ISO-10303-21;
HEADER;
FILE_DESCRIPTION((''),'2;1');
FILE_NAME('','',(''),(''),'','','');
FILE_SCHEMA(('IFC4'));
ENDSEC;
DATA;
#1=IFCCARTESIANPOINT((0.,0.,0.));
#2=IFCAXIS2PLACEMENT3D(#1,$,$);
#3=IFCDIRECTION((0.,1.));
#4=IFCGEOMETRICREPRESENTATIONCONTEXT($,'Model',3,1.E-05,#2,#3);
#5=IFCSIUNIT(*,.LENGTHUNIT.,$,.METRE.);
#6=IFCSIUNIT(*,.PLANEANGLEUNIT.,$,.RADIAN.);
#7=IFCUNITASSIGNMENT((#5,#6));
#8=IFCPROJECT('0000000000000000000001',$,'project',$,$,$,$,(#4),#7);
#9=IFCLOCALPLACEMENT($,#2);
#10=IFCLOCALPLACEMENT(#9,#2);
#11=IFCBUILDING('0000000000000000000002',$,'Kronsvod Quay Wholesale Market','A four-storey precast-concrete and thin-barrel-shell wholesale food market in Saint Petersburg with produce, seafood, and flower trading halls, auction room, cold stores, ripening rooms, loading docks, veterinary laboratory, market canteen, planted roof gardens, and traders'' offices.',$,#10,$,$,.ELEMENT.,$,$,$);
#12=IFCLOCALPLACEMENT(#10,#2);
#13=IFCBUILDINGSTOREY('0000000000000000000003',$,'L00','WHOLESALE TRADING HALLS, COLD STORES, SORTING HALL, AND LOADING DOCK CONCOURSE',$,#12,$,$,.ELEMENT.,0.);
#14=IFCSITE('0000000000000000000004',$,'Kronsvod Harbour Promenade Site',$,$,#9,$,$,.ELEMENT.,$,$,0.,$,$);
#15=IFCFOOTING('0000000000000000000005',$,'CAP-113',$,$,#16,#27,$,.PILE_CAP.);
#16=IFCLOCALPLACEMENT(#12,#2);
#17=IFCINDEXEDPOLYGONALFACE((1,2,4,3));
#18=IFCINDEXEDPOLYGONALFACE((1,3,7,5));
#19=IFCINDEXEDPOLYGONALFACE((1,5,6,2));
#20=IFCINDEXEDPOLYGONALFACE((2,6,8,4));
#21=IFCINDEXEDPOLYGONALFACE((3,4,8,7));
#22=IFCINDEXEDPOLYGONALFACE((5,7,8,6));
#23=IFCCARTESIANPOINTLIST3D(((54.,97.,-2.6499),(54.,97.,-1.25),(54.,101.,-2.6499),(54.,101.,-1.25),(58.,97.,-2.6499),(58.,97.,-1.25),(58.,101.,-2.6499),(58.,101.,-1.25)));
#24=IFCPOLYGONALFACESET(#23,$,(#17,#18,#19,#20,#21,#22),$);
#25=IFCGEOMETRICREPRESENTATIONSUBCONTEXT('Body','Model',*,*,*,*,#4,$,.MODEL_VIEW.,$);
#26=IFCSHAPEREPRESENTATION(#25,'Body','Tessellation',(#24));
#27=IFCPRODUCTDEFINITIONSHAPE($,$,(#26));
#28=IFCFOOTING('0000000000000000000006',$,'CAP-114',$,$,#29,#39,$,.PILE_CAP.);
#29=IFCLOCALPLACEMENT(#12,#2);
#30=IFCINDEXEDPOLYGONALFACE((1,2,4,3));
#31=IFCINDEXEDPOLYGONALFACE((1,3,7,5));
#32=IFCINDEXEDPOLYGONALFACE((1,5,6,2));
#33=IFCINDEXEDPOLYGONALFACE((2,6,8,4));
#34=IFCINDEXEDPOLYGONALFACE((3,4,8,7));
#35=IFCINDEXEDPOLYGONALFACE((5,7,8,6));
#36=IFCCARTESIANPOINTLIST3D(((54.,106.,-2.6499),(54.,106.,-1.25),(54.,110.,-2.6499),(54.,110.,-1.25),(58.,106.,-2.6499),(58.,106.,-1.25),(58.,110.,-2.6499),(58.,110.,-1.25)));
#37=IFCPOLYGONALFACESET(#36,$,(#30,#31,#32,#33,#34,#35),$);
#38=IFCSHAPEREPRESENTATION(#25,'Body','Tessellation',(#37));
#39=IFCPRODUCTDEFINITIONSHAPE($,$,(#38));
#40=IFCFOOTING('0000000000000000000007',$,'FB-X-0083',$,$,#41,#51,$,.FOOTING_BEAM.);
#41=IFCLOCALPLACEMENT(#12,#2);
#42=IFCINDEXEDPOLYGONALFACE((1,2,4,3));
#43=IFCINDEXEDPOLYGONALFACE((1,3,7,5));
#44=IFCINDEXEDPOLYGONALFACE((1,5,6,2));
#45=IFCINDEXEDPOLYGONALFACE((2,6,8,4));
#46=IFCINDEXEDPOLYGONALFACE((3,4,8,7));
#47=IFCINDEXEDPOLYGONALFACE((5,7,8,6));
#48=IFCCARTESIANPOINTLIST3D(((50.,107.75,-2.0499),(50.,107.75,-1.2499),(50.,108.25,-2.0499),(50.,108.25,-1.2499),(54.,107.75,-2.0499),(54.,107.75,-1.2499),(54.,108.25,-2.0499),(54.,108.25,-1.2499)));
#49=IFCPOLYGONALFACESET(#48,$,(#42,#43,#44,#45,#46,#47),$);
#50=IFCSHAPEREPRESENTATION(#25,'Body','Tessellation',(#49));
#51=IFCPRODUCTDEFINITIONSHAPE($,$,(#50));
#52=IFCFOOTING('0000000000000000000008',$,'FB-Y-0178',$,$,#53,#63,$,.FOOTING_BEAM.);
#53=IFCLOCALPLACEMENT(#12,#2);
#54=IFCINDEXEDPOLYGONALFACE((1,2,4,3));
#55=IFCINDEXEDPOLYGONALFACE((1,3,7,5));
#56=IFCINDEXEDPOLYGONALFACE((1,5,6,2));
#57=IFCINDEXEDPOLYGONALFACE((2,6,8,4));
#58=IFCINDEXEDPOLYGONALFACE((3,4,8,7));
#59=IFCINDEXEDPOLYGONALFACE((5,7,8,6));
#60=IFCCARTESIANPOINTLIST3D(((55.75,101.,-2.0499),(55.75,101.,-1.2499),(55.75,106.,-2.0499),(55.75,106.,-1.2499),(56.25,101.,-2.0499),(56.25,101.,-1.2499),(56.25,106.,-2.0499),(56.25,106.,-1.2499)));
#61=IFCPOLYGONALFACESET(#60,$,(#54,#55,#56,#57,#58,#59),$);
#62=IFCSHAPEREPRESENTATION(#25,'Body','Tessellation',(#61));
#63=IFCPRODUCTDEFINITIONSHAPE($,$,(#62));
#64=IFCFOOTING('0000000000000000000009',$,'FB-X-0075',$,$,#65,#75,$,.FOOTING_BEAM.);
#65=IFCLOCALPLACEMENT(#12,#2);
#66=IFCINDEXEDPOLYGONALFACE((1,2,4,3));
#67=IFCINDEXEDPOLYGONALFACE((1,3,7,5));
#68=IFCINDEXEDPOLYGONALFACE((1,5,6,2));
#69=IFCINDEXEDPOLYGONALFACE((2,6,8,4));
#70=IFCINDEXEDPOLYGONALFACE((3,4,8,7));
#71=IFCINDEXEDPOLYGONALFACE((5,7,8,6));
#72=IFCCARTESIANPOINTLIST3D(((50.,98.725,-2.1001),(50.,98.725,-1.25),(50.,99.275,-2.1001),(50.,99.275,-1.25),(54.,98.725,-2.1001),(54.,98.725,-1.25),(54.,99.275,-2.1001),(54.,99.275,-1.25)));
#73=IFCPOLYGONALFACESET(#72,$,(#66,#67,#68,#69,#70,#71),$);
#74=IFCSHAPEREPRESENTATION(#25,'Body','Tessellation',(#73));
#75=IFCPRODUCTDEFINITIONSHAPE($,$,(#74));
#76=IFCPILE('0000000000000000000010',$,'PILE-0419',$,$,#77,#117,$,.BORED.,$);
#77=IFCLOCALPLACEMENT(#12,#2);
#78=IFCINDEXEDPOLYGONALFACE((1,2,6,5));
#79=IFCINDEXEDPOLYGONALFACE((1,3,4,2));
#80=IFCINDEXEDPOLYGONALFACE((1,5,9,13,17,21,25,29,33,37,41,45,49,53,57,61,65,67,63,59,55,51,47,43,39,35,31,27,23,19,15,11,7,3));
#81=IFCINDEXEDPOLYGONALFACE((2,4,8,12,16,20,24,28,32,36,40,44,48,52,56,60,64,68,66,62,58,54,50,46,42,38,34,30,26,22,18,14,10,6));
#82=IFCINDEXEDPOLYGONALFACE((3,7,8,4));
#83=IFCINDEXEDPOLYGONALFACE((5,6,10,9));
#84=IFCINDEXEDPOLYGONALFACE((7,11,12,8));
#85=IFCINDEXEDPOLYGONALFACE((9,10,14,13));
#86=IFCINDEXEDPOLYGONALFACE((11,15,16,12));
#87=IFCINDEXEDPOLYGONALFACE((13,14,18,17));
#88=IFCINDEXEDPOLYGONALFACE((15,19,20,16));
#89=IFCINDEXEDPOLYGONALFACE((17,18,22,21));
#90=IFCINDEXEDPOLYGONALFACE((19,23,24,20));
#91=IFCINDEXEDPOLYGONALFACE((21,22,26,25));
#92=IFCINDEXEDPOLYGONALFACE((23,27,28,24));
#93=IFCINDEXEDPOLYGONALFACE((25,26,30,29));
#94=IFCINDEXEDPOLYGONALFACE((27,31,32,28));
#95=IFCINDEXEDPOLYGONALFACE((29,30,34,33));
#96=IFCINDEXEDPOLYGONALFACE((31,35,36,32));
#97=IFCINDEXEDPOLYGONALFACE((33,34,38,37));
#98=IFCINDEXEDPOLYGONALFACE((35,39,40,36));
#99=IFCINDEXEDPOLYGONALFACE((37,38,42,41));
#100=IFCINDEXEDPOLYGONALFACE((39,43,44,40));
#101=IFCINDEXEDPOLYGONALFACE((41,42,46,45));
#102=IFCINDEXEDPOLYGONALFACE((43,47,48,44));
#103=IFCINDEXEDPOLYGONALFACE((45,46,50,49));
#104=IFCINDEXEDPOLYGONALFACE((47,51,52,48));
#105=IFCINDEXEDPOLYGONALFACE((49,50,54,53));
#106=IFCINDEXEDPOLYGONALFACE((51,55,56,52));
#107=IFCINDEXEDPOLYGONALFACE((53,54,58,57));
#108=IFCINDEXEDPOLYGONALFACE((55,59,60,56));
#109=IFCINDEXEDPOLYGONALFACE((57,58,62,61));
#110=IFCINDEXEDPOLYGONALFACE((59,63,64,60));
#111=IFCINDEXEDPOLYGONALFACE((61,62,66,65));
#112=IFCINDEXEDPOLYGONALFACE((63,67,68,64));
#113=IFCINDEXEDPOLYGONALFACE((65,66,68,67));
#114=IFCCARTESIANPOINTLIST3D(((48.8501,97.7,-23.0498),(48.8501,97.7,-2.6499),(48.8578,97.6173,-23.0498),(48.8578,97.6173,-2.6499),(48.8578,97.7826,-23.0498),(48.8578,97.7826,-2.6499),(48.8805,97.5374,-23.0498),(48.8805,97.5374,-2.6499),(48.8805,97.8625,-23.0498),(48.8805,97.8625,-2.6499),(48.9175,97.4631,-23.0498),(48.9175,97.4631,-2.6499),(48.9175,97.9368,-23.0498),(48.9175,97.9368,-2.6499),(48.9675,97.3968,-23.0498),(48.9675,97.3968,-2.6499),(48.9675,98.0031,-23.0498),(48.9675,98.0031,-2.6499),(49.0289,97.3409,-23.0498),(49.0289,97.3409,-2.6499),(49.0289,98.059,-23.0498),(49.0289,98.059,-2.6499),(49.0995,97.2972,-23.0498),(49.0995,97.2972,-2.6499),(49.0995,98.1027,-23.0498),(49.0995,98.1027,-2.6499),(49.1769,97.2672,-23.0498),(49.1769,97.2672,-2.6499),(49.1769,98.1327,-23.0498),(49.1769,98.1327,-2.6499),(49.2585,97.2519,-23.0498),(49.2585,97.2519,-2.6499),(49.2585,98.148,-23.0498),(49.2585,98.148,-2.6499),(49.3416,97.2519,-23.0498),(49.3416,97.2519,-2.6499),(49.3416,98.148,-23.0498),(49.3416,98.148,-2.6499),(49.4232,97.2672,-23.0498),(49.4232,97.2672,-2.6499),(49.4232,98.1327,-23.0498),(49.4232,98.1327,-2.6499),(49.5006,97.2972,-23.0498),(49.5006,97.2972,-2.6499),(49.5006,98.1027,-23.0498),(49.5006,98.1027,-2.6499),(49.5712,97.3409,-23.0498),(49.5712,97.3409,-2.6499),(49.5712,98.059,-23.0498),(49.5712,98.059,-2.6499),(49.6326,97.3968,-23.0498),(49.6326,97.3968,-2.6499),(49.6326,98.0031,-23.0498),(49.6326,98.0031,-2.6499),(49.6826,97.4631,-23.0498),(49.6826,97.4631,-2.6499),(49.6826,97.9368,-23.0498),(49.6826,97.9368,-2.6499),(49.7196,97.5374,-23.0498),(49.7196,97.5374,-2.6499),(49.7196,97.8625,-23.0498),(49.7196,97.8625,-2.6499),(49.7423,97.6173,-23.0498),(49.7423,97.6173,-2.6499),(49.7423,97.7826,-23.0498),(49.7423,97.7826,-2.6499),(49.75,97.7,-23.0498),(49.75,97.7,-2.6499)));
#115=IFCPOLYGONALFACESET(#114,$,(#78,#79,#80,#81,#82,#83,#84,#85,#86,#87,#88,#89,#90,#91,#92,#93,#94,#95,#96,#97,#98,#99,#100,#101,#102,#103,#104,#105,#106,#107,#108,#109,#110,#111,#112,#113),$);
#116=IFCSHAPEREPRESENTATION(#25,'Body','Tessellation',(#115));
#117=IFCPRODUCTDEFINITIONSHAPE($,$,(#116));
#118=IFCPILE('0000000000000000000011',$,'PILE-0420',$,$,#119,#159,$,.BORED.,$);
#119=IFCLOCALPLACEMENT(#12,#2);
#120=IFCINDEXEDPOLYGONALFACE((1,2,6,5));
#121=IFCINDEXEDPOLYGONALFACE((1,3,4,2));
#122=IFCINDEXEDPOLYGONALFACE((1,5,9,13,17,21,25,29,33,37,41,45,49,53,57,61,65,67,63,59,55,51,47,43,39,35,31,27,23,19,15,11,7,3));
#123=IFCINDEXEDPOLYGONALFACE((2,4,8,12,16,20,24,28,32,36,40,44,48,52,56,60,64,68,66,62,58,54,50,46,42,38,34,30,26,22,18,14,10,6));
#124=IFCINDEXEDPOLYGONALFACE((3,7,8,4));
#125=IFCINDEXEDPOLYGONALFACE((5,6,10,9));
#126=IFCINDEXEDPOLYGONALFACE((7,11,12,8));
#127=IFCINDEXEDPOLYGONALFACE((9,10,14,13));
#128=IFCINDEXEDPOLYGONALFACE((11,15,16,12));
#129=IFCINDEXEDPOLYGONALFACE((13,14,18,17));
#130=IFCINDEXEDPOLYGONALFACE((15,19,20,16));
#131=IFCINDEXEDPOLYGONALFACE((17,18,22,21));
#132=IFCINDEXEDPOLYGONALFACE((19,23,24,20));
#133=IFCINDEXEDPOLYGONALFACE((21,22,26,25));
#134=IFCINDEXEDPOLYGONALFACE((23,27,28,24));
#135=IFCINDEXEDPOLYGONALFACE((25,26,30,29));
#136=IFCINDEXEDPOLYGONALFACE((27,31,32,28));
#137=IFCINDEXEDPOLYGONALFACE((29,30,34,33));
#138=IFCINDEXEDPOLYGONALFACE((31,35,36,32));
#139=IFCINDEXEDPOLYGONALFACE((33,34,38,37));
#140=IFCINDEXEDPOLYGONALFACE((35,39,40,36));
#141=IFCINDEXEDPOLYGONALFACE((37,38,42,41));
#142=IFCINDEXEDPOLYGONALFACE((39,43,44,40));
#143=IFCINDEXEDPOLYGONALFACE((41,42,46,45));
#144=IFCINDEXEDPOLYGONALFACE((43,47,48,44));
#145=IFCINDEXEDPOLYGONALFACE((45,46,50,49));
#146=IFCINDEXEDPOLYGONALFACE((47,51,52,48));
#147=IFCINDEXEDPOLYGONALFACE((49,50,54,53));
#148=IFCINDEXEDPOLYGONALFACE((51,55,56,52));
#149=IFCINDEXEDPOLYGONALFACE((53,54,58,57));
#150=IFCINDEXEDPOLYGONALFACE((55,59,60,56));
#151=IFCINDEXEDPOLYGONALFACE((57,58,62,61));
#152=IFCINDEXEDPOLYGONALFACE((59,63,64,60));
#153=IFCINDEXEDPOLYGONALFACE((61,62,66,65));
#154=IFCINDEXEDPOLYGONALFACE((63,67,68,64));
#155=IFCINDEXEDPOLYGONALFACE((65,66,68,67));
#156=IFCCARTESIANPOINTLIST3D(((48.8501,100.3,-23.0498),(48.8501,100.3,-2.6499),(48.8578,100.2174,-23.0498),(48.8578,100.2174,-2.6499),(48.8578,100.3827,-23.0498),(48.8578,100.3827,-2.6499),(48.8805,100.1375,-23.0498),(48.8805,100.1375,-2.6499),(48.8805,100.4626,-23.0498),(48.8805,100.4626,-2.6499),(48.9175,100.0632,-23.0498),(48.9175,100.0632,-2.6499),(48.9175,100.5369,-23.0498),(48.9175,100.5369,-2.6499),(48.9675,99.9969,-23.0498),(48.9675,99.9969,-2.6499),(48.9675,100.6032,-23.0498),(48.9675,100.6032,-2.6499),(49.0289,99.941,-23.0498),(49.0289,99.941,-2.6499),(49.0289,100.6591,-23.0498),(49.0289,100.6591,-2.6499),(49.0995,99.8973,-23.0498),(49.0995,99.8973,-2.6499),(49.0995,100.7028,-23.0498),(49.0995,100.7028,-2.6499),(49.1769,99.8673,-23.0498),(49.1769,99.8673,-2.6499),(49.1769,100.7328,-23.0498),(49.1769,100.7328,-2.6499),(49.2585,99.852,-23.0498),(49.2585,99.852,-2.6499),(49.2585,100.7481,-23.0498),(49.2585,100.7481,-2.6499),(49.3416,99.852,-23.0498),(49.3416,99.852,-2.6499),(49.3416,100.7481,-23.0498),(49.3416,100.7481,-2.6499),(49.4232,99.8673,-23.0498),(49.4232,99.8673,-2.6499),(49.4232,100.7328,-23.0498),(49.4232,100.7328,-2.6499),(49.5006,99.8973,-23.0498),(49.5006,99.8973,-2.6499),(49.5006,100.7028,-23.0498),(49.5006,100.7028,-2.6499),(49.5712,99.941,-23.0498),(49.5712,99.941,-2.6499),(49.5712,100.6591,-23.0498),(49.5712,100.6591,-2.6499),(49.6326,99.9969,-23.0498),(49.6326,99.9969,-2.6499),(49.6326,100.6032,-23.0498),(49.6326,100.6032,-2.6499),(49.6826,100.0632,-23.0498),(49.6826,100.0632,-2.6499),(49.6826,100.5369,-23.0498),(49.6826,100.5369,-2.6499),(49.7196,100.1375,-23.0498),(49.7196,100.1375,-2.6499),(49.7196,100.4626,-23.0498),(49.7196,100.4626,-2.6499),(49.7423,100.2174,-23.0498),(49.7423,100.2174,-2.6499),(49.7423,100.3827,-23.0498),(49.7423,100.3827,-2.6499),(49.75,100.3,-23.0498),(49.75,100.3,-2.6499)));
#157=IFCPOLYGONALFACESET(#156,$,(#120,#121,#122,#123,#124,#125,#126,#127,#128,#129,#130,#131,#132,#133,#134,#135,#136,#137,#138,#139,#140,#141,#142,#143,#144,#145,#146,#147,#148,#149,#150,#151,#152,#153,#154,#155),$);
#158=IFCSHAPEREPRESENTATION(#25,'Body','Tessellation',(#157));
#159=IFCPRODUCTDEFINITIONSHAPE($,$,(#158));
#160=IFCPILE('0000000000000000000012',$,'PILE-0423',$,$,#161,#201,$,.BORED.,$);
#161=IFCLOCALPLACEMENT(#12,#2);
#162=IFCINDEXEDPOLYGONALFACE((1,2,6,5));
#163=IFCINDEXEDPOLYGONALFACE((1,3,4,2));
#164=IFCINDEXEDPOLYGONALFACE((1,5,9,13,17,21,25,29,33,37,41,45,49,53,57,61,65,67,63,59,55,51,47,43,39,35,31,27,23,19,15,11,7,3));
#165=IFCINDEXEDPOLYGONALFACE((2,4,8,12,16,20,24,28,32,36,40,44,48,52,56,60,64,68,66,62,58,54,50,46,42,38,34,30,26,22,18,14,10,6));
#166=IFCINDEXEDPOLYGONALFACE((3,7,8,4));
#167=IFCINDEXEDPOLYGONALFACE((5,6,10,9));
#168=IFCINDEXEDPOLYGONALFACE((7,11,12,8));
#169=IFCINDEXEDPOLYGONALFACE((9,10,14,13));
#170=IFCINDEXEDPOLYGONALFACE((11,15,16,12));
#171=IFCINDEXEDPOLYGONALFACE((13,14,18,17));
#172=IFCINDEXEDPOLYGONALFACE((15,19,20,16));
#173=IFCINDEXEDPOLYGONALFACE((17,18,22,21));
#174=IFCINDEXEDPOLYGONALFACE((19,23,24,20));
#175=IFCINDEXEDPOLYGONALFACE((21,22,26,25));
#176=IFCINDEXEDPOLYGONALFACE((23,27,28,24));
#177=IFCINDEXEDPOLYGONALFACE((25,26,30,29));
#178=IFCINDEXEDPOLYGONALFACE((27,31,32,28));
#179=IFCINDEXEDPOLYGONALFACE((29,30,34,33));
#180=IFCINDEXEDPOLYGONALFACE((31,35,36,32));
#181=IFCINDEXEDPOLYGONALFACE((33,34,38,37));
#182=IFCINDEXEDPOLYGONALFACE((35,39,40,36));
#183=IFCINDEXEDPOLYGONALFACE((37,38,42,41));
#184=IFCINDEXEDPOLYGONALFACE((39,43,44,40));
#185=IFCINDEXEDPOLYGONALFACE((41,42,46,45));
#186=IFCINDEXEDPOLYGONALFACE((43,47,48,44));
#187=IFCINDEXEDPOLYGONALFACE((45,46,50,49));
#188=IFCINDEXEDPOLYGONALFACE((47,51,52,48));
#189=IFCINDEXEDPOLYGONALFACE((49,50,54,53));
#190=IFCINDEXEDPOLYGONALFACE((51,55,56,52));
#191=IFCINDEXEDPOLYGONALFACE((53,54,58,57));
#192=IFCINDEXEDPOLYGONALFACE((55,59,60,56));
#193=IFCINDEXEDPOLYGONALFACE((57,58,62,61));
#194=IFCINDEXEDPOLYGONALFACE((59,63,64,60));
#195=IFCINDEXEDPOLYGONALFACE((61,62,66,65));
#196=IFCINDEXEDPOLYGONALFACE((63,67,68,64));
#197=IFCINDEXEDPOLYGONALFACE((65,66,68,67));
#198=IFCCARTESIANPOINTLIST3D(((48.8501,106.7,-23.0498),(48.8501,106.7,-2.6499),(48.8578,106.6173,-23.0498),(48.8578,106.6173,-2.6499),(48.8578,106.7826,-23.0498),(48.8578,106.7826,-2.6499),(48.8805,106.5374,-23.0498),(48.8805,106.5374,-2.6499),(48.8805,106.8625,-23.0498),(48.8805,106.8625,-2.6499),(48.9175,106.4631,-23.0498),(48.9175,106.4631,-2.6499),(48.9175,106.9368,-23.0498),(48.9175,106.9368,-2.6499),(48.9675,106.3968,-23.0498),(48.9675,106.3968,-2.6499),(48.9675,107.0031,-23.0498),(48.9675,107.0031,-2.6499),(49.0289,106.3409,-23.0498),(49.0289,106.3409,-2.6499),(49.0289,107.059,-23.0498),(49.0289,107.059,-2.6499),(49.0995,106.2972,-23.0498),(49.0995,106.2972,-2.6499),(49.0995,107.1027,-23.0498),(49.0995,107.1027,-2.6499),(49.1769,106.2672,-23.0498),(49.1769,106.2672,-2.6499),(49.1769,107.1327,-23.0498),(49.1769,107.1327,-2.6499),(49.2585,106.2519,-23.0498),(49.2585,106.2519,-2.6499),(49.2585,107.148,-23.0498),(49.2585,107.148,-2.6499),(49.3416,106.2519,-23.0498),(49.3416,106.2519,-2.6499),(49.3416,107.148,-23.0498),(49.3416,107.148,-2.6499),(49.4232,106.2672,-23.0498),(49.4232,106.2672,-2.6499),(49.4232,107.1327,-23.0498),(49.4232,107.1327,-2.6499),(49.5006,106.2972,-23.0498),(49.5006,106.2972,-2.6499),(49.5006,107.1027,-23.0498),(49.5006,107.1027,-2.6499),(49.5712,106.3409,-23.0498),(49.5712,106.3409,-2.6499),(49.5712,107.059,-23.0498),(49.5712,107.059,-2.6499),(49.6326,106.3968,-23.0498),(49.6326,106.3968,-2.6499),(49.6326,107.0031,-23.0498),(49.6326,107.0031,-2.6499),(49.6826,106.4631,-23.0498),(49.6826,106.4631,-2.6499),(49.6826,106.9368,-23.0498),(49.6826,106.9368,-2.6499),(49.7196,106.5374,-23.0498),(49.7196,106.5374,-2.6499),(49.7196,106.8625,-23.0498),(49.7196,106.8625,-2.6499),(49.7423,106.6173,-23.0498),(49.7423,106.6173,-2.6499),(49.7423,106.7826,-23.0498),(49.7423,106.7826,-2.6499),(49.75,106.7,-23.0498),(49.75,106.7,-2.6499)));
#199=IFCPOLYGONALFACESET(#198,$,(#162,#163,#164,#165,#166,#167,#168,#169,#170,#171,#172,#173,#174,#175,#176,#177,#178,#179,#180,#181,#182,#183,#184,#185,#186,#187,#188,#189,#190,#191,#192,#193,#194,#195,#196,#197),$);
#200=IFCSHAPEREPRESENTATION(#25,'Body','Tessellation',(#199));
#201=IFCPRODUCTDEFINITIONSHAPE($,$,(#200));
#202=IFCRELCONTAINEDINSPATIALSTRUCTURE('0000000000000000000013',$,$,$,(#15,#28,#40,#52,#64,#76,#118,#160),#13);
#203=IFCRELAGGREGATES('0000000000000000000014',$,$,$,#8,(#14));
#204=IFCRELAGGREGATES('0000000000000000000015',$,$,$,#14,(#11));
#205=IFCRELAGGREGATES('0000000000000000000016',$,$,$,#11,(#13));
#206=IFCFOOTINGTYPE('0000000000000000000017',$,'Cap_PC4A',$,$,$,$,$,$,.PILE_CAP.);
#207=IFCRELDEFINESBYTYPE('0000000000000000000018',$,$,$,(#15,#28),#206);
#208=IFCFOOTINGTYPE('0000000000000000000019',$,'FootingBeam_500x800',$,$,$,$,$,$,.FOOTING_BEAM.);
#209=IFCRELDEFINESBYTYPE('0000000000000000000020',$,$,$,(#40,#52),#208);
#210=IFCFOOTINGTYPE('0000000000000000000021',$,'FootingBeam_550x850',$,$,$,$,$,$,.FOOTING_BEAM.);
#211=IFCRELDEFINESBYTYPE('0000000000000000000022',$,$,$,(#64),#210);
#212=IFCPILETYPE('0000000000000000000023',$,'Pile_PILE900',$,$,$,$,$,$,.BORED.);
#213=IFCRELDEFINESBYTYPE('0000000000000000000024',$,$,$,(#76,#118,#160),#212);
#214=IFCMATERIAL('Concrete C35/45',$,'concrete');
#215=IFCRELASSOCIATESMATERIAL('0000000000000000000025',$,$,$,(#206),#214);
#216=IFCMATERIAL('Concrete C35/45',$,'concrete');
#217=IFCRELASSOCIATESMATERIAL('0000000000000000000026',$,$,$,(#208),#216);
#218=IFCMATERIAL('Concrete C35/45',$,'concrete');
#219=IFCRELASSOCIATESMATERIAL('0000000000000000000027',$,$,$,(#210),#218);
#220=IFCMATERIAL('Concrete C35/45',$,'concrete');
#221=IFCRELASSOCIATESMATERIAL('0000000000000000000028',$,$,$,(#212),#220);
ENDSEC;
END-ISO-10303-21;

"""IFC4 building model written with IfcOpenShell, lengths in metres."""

from ifc_helpers import new_model, si_unit, direction, frame, origin, origin_2d, place, context, subcontext, project, spatial, rectangle, circle, extrude, material, material_profile, profile_set, type_object, element, save


model = new_model("IFC4")

# Units and contexts
model_context = context("Model", 3, precision=1e-05, world=origin(), true_north=direction((0.0, 1.0)))
body_context = subcontext(model_context, "Body", "Model", "MODEL_VIEW")
ifc_project = project(units=[si_unit("LENGTHUNIT", "METRE"), si_unit("PLANEANGLEUNIT", "RADIAN")], contexts=[model_context])

# Site, building, storey
site_placement = place(None, origin())
site = spatial("IfcSite", under=ifc_project, at=site_placement, Name="Kronsvod Harbour Promenade Site", CompositionType="ELEMENT", RefElevation=0.0)
building_placement = place(site_placement, origin())
building = spatial("IfcBuilding", under=site, at=building_placement, Name="Kronsvod Quay Wholesale Market", Description="A four-storey precast-concrete and thin-barrel-shell wholesale food market in Saint Petersburg with produce, seafood, and flower trading halls, auction room, cold stores, ripening rooms, loading docks, veterinary laboratory, market canteen, planted roof gardens, and traders' offices.", CompositionType="ELEMENT")
storey_placement = place(building_placement, origin())
storey = spatial("IfcBuildingStorey", under=building, at=storey_placement, Name="L00", Description="WHOLESALE TRADING HALLS, COLD STORES, SORTING HALL, AND LOADING DOCK CONCOURSE", CompositionType="ELEMENT", Elevation=0.0)

# Footings
ifc_material_1 = material(Name="Concrete C35/45", Category="concrete")
footing_type_1 = type_object("IfcFootingType", Name="Cap_PC4A", PredefinedType="PILE_CAP", material=ifc_material_1)
for number, where, z_axis, x_axis, name in (
    (1, (56.0, 99.0, -2.6499), (0.0, 0.0, 1.0), (1.0, 0.0, 0.0), "CAP-113"),
    (2, (56.0, 108.0, -2.6499), (0.0, 0.0, 1.0), (1.0, 0.0, 0.0), "CAP-114"),
):
    element("IfcFooting", number, at=place(storey_placement, frame(where, z_axis=z_axis, x_axis=x_axis)), inside=storey, type_object=footing_type_1, Name=name, PredefinedType="PILE_CAP", context=body_context, shape_type="SweptSolid", body=[
        extrude(rectangle(XDim=4.0, YDim=4.0, at=origin_2d()), origin(), (0.0, 0.0, 1.0), 1.3999),
    ])
ifc_material_2 = material(Name="Concrete C35/45", Category="concrete")
ifc_material_profile_1 = material_profile(ifc_material_2, rectangle(XDim=0.5, YDim=0.8, at=origin_2d()), Name="FB-01")
ifc_profile_set_1 = profile_set([ifc_material_profile_1], Name="Concrete C35/45")
footing_type_2 = type_object("IfcFootingType", Name="FootingBeam_500x800", PredefinedType="FOOTING_BEAM", material=ifc_profile_set_1)
footing_1_placement = place(storey_placement, frame((50.0, 108.0, -1.6499), z_axis=(1.0, 0.0, 0.0), x_axis=(0.0, 1.0, 0.0)))
element("IfcFooting", 3, at=footing_1_placement, inside=storey, type_object=footing_type_2, Name="FB-X-0083", PredefinedType="FOOTING_BEAM", context=body_context, shape_type="SweptSolid", body=[
    extrude(rectangle(XDim=0.5, YDim=0.8, at=origin_2d()), origin(), (0.0, 0.0, 1.0), 4.0),
])
footing_2_placement = place(storey_placement, frame((56.0, 101.0, -1.6499), z_axis=(0.0, 1.0, 0.0), x_axis=(-1.0, 0.0, 0.0)))
element("IfcFooting", 4, at=footing_2_placement, inside=storey, type_object=footing_type_2, Name="FB-Y-0178", PredefinedType="FOOTING_BEAM", context=body_context, shape_type="SweptSolid", body=[
    extrude(rectangle(XDim=0.5, YDim=0.8, at=origin_2d()), origin(), (0.0, 0.0, 1.0), 5.0),
])
ifc_material_3 = material(Name="Concrete C35/45", Category="concrete")
ifc_material_profile_2 = material_profile(ifc_material_3, rectangle(XDim=0.55, YDim=0.8501, at=origin_2d()), Name="FB-03")
ifc_profile_set_2 = profile_set([ifc_material_profile_2], Name="Concrete C35/45")
footing_type_3 = type_object("IfcFootingType", Name="FootingBeam_550x850", PredefinedType="FOOTING_BEAM", material=ifc_profile_set_2)
footing_3_placement = place(storey_placement, frame((50.0, 99.0, -1.675), z_axis=(1.0, 0.0, 0.0), x_axis=(0.0, 1.0, 0.0)))
element("IfcFooting", 5, at=footing_3_placement, inside=storey, type_object=footing_type_3, Name="FB-X-0075", PredefinedType="FOOTING_BEAM", context=body_context, shape_type="SweptSolid", body=[
    extrude(rectangle(XDim=0.55, YDim=0.8501, at=origin_2d()), origin(), (0.0, 0.0, 1.0), 4.0),
])

# Piles
ifc_material_4 = material(Name="Concrete C35/45", Category="concrete")
ifc_material_profile_3 = material_profile(ifc_material_4, circle(Radius=0.45, at=origin_2d()), Name="PILE900")
ifc_profile_set_3 = profile_set([ifc_material_profile_3], Name="Concrete C35/45")
pile_type = type_object("IfcPileType", Name="Pile_PILE900", PredefinedType="BORED", material=ifc_profile_set_3)
for number, where, z_axis, x_axis, name in (
    (6, (49.3, 97.7, -2.6499), (0.0, 0.0, -1.0), (1.0, 0.0, 0.0), "PILE-0419"),
    (7, (49.3, 100.3, -2.6499), (0.0, 0.0, -1.0), (1.0, 0.0, 0.0), "PILE-0420"),
    (8, (49.3, 106.7, -2.6499), (0.0, 0.0, -1.0), (1.0, 0.0, 0.0), "PILE-0423"),
):
    element("IfcPile", number, at=place(storey_placement, frame(where, z_axis=z_axis, x_axis=x_axis)), inside=storey, type_object=pile_type, Name=name, PredefinedType="BORED", context=body_context, shape_type="SweptSolid", body=[
        extrude(circle(Radius=0.45, at=origin_2d()), origin(), (0.0, 0.0, 1.0), 20.3999),
    ])

save(model, "model.ifc")
